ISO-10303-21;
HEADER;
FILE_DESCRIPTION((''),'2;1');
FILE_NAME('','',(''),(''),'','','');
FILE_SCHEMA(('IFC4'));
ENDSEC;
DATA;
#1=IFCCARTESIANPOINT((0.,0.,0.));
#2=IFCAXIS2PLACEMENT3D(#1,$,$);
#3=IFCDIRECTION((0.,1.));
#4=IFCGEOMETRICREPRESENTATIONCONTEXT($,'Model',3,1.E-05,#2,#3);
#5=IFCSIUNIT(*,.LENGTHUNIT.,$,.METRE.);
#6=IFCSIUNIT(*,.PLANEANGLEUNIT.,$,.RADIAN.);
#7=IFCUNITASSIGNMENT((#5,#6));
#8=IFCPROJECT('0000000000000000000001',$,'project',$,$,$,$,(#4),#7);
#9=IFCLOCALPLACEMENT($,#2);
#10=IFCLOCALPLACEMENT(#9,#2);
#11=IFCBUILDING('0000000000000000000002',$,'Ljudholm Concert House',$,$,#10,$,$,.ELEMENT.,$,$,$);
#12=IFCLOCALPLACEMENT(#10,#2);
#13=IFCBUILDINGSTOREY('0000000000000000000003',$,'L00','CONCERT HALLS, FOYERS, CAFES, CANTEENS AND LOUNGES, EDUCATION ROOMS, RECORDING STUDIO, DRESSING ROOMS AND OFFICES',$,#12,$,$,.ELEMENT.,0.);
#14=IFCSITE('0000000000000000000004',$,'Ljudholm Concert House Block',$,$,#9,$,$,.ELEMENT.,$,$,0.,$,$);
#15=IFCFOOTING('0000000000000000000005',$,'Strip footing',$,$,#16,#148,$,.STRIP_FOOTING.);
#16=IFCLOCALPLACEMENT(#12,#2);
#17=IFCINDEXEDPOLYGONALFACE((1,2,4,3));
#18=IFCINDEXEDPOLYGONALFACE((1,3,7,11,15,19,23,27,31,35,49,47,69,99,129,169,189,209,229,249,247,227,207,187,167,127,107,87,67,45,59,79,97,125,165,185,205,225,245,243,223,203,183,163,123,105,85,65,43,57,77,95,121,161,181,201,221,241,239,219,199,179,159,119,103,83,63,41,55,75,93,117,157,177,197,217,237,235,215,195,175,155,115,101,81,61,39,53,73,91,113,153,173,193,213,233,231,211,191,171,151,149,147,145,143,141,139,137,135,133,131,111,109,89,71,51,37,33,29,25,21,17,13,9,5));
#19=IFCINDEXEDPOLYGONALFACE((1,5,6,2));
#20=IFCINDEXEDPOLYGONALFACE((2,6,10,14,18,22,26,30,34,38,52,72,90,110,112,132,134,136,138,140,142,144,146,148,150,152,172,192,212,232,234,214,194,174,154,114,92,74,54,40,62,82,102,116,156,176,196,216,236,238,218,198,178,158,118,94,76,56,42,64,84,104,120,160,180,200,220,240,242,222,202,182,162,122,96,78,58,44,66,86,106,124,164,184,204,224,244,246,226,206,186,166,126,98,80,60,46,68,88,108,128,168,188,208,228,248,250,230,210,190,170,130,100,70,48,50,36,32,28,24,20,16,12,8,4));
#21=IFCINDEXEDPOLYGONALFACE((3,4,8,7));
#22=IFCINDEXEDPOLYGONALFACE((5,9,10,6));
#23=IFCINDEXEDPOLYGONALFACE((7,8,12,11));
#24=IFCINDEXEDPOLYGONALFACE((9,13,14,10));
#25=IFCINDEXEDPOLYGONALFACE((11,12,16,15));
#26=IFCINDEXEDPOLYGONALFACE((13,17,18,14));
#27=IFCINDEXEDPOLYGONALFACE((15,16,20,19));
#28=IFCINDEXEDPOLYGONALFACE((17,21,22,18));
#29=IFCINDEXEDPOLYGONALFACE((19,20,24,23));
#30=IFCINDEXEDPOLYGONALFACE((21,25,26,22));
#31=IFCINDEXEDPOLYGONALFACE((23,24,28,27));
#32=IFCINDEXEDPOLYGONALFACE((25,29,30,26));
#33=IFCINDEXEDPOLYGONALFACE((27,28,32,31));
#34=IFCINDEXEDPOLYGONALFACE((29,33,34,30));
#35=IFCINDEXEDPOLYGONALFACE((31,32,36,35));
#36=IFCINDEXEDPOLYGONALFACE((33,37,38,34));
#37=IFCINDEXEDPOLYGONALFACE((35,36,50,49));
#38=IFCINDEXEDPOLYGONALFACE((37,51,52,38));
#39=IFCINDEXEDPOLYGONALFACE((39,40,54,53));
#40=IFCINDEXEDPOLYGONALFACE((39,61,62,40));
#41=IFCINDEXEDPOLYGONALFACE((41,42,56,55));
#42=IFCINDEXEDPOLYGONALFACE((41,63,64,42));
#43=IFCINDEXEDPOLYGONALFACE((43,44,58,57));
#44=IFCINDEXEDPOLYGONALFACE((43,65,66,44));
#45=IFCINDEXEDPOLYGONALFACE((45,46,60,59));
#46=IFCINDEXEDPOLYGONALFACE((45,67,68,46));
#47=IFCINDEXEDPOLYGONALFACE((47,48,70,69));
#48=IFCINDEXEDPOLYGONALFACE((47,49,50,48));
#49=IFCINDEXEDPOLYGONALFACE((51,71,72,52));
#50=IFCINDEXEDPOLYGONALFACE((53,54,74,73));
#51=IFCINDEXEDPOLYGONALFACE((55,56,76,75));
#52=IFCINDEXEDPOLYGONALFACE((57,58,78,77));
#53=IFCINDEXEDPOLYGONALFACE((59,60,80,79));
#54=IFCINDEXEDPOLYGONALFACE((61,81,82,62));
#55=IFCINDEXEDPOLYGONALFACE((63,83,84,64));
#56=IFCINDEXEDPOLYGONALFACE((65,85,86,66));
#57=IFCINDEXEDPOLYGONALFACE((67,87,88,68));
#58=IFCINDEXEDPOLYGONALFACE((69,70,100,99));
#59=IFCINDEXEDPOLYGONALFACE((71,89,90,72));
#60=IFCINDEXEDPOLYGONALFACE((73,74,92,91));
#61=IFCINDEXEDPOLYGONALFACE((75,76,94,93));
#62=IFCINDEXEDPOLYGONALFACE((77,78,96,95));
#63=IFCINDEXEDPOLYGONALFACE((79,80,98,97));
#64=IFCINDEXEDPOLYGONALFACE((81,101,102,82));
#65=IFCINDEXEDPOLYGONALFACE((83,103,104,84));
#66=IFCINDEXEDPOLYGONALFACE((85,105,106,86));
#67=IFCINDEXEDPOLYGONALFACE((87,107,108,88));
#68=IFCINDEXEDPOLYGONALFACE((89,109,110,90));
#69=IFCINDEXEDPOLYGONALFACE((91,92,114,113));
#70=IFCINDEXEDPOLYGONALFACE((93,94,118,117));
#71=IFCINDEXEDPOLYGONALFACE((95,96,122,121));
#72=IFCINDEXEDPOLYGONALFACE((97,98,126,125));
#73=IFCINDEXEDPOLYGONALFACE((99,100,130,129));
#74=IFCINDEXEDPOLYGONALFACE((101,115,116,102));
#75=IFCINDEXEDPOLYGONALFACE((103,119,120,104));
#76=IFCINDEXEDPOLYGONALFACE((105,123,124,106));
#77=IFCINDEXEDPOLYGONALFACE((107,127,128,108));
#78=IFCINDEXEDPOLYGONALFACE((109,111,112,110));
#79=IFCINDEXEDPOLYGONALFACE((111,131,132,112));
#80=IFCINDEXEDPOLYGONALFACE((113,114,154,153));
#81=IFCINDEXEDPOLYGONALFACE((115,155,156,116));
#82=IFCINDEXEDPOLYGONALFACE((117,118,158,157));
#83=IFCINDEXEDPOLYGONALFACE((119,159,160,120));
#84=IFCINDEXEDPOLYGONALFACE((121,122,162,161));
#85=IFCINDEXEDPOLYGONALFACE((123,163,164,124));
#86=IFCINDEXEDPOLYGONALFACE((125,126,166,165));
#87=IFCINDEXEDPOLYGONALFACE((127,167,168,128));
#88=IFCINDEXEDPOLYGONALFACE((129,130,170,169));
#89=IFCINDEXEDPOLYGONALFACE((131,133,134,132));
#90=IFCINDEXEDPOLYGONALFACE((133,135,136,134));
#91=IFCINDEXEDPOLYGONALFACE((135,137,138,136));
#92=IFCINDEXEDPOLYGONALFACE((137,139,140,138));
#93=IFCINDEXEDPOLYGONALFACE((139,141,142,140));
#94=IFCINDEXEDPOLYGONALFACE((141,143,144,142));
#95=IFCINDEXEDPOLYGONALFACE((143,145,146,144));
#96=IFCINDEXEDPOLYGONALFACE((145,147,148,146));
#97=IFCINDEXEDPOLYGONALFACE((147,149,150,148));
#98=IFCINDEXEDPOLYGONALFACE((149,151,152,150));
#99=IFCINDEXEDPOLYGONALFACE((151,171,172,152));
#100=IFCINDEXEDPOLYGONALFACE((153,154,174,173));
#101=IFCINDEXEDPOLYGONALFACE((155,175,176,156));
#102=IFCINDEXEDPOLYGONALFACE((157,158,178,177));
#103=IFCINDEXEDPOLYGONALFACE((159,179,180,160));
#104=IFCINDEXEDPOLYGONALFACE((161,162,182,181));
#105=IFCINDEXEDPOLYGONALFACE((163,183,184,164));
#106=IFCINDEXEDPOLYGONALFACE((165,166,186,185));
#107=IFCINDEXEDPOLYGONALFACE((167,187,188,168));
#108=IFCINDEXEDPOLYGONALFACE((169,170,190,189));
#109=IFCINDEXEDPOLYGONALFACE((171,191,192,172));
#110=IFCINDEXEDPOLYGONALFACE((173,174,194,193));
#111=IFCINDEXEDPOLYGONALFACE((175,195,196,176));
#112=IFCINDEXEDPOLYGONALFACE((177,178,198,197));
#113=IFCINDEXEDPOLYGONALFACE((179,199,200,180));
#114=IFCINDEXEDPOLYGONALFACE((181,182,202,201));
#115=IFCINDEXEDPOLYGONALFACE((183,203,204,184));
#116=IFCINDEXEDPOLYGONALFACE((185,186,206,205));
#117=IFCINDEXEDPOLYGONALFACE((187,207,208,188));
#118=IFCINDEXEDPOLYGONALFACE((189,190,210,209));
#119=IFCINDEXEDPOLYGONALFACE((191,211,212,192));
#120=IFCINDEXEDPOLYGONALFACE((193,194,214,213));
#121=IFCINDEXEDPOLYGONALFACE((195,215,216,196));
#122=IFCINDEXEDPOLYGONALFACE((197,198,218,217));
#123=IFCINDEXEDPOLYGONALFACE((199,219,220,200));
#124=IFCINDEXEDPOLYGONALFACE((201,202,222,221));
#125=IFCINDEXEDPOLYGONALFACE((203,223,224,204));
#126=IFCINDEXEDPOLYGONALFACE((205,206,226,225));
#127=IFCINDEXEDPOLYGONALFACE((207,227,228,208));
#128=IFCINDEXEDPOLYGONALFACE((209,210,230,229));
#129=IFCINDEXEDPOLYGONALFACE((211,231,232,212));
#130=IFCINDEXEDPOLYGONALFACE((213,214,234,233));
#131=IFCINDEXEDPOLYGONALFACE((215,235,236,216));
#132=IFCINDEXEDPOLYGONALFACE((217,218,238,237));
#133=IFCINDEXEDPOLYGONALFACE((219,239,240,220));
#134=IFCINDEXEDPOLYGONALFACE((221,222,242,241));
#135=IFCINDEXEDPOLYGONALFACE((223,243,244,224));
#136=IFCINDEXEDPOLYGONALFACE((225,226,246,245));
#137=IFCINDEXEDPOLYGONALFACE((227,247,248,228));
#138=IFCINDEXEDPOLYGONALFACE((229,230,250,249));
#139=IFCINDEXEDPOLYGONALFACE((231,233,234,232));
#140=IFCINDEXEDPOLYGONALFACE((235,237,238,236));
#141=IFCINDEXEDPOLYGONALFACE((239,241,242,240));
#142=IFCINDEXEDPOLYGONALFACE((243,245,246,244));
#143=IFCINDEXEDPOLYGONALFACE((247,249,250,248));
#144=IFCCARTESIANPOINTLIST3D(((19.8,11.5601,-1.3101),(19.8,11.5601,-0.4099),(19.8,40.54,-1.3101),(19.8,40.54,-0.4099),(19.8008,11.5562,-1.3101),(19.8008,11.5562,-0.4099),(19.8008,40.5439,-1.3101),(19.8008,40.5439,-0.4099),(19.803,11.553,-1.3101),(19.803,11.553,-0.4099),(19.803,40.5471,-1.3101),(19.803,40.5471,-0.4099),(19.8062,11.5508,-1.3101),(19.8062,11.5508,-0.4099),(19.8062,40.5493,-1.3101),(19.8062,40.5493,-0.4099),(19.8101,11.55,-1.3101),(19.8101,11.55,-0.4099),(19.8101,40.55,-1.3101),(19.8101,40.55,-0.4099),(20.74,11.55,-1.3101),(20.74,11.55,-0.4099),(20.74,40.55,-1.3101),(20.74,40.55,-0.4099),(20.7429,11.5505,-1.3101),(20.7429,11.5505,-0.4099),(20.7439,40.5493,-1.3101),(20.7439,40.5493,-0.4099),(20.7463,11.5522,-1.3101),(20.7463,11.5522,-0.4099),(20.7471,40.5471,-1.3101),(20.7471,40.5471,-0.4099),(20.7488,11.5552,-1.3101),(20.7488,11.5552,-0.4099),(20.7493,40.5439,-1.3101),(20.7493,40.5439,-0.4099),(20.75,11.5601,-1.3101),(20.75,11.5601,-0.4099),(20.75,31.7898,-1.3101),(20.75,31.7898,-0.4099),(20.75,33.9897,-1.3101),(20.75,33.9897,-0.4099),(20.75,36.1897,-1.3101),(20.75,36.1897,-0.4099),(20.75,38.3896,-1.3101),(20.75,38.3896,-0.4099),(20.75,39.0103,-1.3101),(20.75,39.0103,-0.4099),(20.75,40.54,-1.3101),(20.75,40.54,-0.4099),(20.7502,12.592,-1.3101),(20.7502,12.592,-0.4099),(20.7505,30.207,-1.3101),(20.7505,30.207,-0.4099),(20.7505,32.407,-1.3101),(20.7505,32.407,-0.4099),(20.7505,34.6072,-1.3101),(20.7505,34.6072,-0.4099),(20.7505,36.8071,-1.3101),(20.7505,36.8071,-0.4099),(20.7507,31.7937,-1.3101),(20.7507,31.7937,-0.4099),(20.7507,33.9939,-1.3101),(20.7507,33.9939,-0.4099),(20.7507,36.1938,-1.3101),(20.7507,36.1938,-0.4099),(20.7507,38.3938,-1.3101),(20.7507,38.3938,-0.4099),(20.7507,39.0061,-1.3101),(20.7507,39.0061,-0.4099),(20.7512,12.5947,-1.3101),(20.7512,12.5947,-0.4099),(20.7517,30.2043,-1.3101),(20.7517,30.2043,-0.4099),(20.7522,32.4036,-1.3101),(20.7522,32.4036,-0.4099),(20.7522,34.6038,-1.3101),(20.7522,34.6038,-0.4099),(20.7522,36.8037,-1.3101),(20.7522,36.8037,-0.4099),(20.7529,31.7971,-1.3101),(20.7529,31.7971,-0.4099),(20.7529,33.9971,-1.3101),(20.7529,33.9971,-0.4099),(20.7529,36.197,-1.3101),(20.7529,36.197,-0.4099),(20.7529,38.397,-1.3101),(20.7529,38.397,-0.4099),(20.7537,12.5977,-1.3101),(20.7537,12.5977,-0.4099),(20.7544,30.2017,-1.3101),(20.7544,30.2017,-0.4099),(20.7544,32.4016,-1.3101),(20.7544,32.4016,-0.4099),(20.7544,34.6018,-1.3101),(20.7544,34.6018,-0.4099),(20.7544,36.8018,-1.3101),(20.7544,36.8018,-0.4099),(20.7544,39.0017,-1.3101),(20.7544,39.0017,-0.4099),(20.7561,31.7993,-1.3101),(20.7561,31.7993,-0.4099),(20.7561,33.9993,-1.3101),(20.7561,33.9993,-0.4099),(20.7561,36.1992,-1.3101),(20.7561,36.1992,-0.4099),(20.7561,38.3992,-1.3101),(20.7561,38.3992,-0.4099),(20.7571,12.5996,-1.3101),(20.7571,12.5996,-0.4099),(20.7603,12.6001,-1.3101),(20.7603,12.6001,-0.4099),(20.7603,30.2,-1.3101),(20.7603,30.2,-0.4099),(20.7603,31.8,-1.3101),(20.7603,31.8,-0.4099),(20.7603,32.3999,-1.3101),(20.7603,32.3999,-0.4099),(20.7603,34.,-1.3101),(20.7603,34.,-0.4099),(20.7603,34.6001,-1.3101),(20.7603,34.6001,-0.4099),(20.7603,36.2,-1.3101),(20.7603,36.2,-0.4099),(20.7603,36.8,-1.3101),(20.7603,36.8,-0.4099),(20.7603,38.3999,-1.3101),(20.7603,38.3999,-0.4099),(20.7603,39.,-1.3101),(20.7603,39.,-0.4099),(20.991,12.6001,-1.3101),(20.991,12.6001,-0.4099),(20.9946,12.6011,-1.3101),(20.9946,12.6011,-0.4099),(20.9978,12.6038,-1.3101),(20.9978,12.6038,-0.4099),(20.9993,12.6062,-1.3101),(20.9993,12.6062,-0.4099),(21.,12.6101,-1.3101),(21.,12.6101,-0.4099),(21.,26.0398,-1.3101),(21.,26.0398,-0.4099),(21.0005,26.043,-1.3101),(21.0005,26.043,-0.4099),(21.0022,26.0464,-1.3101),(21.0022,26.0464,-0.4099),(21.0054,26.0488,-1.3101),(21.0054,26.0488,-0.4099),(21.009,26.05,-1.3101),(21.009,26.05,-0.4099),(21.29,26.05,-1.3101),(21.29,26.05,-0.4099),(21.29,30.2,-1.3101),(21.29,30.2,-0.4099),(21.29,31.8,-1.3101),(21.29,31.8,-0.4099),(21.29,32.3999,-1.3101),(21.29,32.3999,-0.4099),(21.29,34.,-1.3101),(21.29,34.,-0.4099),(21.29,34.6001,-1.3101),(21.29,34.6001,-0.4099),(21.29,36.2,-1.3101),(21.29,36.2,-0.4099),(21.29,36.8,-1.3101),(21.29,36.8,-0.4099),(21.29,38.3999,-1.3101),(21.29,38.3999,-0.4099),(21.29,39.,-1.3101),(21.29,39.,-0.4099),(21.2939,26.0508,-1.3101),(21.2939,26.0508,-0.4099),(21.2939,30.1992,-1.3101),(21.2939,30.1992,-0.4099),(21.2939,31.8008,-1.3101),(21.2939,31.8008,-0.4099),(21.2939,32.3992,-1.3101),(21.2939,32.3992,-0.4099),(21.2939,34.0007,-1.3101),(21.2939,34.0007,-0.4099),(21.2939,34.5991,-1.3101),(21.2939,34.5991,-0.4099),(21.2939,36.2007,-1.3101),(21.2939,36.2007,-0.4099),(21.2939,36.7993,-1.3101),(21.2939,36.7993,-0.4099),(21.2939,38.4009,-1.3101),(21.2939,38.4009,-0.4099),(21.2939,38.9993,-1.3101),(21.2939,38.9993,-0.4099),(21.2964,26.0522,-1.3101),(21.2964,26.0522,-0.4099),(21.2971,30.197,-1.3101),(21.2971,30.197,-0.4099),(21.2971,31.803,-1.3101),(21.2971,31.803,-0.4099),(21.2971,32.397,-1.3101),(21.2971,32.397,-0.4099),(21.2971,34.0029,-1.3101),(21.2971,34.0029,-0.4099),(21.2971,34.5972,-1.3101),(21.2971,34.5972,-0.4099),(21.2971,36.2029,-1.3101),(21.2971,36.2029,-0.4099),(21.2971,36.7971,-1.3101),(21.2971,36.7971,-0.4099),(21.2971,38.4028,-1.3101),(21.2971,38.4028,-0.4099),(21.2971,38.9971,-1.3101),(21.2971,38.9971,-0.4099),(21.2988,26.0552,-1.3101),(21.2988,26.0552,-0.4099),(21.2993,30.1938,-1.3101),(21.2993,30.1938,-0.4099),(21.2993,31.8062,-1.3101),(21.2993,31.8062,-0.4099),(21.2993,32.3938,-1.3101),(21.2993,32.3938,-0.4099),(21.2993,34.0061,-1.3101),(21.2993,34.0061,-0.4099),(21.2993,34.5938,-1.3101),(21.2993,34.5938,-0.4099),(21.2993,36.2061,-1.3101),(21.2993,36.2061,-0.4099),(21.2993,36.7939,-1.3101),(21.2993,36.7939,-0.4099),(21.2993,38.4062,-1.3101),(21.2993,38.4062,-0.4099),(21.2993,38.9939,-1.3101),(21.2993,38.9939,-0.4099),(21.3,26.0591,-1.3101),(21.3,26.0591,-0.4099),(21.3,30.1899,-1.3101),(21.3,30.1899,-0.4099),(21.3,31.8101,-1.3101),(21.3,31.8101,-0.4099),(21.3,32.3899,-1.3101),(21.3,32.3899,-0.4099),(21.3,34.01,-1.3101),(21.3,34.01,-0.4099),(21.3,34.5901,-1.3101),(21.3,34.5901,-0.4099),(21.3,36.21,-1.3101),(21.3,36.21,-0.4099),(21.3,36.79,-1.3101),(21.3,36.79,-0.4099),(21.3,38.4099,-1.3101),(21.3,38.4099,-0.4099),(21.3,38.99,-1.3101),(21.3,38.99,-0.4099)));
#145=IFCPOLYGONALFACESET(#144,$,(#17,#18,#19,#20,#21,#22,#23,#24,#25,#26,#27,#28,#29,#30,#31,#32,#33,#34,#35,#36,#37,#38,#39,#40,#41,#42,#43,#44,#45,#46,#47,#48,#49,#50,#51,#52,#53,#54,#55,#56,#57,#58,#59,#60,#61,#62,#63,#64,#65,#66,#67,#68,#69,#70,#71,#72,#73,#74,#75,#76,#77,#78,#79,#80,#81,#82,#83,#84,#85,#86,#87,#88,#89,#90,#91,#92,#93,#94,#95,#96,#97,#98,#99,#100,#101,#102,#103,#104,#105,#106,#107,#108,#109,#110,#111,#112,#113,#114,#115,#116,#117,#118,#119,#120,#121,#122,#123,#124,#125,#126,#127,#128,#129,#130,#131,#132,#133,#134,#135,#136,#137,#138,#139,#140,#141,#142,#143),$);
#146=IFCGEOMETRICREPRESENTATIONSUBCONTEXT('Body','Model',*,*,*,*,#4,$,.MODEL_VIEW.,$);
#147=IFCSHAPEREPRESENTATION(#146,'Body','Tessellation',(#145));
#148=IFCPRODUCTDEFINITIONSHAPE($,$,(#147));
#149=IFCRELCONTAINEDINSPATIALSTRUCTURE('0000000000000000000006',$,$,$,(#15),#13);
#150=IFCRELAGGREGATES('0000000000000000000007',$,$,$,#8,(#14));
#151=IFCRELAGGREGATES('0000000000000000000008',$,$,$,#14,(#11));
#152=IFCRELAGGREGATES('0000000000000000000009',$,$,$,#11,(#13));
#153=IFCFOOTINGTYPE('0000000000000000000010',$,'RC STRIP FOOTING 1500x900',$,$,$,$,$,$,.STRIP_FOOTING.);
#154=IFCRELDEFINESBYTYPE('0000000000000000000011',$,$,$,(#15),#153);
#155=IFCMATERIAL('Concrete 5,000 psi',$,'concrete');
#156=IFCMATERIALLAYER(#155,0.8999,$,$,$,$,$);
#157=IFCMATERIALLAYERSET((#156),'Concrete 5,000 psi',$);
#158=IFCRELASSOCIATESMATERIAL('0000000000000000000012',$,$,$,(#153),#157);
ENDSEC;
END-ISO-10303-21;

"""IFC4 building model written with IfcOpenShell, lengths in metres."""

from ifc_helpers import new_model, si_unit, direction, frame, origin, place, context, subcontext, project, spatial, polyline, outline, extrude, material, layer, layer_set, type_object, element, save


model = new_model("IFC4")

# Units and contexts
model_context = context("Model", 3, precision=1e-05, world=origin(), true_north=direction((0.0, 1.0)))
body_context = subcontext(model_context, "Body", "Model", "MODEL_VIEW")
ifc_project = project(units=[si_unit("LENGTHUNIT", "METRE"), si_unit("PLANEANGLEUNIT", "RADIAN")], contexts=[model_context])

# Site, building, storey
site_placement = place(None, origin())
site = spatial("IfcSite", under=ifc_project, at=site_placement, Name="Ljudholm Concert House Block", CompositionType="ELEMENT", RefElevation=0.0)
building_placement = place(site_placement, origin())
building = spatial("IfcBuilding", under=site, at=building_placement, Name="Ljudholm Concert House", CompositionType="ELEMENT")
storey_placement = place(building_placement, origin())
storey = spatial("IfcBuildingStorey", under=building, at=storey_placement, Name="L00", Description="CONCERT HALLS, FOYERS, CAFES, CANTEENS AND LOUNGES, EDUCATION ROOMS, RECORDING STUDIO, DRESSING ROOMS AND OFFICES", CompositionType="ELEMENT", Elevation=0.0)

# Footing
ifc_material_1 = material(Name="Concrete 5,000 psi", Category="concrete")
ifc_layer_1 = layer(ifc_material_1, 0.8999)
ifc_layer_set_1 = layer_set([ifc_layer_1], Name="Concrete 5,000 psi")
footing_type_1 = type_object("IfcFootingType", Name="RC STRIP FOOTING 1500x900", PredefinedType="STRIP_FOOTING", material=ifc_layer_set_1)
footing_1_placement = place(storey_placement, frame((0.0, 0.0, -1.3101)))
element("IfcFooting", 1, at=footing_1_placement, inside=storey, type_object=footing_type_1, Name="Strip footing", PredefinedType="STRIP_FOOTING", context=body_context, shape_type="SweptSolid", body=[
    extrude(outline(polyline([(19.8101, 11.55), (20.74, 11.55), (20.7429, 11.5505), (20.7463, 11.5522), (20.7488, 11.5552), (20.75, 11.5601), (20.7502, 12.592), (20.7512, 12.5947), (20.7537, 12.5977), (20.7571, 12.5996), (20.7603, 12.6001), (20.991, 12.6001), (20.9946, 12.6011), (20.9978, 12.6038), (20.9993, 12.6062), (21.0, 12.6101), (21.0, 26.0398), (21.0005, 26.043), (21.0022, 26.0464), (21.0054, 26.0488), (21.009, 26.05), (21.29, 26.05), (21.2939, 26.0508), (21.2964, 26.0522), (21.2988, 26.0552), (21.3, 26.0591), (21.3, 30.1899), (21.2993, 30.1938), (21.2971, 30.197), (21.2939, 30.1992), (21.29, 30.2), (20.7603, 30.2), (20.7544, 30.2017), (20.7517, 30.2043), (20.7505, 30.207), (20.75, 31.7898), (20.7507, 31.7937), (20.7529, 31.7971), (20.7561, 31.7993), (20.7603, 31.8), (21.29, 31.8), (21.2939, 31.8008), (21.2971, 31.803), (21.2993, 31.8062), (21.3, 31.8101), (21.3, 32.3899), (21.2993, 32.3938), (21.2971, 32.397), (21.2939, 32.3992), (21.29, 32.3999), (20.7603, 32.3999), (20.7544, 32.4016), (20.7522, 32.4036), (20.7505, 32.407), (20.75, 33.9897), (20.7507, 33.9939), (20.7529, 33.9971), (20.7561, 33.9993), (20.7603, 34.0), (21.29, 34.0), (21.2939, 34.0007), (21.2971, 34.0029), (21.2993, 34.0061), (21.3, 34.01), (21.3, 34.5901), (21.2993, 34.5938), (21.2971, 34.5972), (21.2939, 34.5991), (21.29, 34.6001), (20.7603, 34.6001), (20.7544, 34.6018), (20.7522, 34.6038), (20.7505, 34.6072), (20.75, 36.1897), (20.7507, 36.1938), (20.7529, 36.197), (20.7561, 36.1992), (20.7603, 36.2), (21.29, 36.2), (21.2939, 36.2007), (21.2971, 36.2029), (21.2993, 36.2061), (21.3, 36.21), (21.3, 36.79), (21.2993, 36.7939), (21.2971, 36.7971), (21.2939, 36.7993), (21.29, 36.8), (20.7603, 36.8), (20.7544, 36.8018), (20.7522, 36.8037), (20.7505, 36.8071), (20.75, 38.3896), (20.7507, 38.3938), (20.7529, 38.397), (20.7561, 38.3992), (20.7603, 38.3999), (21.29, 38.3999), (21.2939, 38.4009), (21.2971, 38.4028), (21.2993, 38.4062), (21.3, 38.4099), (21.3, 38.99), (21.2993, 38.9939), (21.2971, 38.9971), (21.2939, 38.9993), (21.29, 39.0), (20.7603, 39.0), (20.7544, 39.0017), (20.7507, 39.0061), (20.75, 39.0103), (20.75, 40.54), (20.7493, 40.5439), (20.7471, 40.5471), (20.7439, 40.5493), (20.74, 40.55), (19.8101, 40.55), (19.8062, 40.5493), (19.803, 40.5471), (19.8008, 40.5439), (19.8, 40.54), (19.8, 11.5601), (19.8008, 11.5562), (19.803, 11.553), (19.8062, 11.5508), (19.8101, 11.55)])), origin(), (0.0, 0.0, 1.0), 0.9001),
])

save(model, "model.ifc")
